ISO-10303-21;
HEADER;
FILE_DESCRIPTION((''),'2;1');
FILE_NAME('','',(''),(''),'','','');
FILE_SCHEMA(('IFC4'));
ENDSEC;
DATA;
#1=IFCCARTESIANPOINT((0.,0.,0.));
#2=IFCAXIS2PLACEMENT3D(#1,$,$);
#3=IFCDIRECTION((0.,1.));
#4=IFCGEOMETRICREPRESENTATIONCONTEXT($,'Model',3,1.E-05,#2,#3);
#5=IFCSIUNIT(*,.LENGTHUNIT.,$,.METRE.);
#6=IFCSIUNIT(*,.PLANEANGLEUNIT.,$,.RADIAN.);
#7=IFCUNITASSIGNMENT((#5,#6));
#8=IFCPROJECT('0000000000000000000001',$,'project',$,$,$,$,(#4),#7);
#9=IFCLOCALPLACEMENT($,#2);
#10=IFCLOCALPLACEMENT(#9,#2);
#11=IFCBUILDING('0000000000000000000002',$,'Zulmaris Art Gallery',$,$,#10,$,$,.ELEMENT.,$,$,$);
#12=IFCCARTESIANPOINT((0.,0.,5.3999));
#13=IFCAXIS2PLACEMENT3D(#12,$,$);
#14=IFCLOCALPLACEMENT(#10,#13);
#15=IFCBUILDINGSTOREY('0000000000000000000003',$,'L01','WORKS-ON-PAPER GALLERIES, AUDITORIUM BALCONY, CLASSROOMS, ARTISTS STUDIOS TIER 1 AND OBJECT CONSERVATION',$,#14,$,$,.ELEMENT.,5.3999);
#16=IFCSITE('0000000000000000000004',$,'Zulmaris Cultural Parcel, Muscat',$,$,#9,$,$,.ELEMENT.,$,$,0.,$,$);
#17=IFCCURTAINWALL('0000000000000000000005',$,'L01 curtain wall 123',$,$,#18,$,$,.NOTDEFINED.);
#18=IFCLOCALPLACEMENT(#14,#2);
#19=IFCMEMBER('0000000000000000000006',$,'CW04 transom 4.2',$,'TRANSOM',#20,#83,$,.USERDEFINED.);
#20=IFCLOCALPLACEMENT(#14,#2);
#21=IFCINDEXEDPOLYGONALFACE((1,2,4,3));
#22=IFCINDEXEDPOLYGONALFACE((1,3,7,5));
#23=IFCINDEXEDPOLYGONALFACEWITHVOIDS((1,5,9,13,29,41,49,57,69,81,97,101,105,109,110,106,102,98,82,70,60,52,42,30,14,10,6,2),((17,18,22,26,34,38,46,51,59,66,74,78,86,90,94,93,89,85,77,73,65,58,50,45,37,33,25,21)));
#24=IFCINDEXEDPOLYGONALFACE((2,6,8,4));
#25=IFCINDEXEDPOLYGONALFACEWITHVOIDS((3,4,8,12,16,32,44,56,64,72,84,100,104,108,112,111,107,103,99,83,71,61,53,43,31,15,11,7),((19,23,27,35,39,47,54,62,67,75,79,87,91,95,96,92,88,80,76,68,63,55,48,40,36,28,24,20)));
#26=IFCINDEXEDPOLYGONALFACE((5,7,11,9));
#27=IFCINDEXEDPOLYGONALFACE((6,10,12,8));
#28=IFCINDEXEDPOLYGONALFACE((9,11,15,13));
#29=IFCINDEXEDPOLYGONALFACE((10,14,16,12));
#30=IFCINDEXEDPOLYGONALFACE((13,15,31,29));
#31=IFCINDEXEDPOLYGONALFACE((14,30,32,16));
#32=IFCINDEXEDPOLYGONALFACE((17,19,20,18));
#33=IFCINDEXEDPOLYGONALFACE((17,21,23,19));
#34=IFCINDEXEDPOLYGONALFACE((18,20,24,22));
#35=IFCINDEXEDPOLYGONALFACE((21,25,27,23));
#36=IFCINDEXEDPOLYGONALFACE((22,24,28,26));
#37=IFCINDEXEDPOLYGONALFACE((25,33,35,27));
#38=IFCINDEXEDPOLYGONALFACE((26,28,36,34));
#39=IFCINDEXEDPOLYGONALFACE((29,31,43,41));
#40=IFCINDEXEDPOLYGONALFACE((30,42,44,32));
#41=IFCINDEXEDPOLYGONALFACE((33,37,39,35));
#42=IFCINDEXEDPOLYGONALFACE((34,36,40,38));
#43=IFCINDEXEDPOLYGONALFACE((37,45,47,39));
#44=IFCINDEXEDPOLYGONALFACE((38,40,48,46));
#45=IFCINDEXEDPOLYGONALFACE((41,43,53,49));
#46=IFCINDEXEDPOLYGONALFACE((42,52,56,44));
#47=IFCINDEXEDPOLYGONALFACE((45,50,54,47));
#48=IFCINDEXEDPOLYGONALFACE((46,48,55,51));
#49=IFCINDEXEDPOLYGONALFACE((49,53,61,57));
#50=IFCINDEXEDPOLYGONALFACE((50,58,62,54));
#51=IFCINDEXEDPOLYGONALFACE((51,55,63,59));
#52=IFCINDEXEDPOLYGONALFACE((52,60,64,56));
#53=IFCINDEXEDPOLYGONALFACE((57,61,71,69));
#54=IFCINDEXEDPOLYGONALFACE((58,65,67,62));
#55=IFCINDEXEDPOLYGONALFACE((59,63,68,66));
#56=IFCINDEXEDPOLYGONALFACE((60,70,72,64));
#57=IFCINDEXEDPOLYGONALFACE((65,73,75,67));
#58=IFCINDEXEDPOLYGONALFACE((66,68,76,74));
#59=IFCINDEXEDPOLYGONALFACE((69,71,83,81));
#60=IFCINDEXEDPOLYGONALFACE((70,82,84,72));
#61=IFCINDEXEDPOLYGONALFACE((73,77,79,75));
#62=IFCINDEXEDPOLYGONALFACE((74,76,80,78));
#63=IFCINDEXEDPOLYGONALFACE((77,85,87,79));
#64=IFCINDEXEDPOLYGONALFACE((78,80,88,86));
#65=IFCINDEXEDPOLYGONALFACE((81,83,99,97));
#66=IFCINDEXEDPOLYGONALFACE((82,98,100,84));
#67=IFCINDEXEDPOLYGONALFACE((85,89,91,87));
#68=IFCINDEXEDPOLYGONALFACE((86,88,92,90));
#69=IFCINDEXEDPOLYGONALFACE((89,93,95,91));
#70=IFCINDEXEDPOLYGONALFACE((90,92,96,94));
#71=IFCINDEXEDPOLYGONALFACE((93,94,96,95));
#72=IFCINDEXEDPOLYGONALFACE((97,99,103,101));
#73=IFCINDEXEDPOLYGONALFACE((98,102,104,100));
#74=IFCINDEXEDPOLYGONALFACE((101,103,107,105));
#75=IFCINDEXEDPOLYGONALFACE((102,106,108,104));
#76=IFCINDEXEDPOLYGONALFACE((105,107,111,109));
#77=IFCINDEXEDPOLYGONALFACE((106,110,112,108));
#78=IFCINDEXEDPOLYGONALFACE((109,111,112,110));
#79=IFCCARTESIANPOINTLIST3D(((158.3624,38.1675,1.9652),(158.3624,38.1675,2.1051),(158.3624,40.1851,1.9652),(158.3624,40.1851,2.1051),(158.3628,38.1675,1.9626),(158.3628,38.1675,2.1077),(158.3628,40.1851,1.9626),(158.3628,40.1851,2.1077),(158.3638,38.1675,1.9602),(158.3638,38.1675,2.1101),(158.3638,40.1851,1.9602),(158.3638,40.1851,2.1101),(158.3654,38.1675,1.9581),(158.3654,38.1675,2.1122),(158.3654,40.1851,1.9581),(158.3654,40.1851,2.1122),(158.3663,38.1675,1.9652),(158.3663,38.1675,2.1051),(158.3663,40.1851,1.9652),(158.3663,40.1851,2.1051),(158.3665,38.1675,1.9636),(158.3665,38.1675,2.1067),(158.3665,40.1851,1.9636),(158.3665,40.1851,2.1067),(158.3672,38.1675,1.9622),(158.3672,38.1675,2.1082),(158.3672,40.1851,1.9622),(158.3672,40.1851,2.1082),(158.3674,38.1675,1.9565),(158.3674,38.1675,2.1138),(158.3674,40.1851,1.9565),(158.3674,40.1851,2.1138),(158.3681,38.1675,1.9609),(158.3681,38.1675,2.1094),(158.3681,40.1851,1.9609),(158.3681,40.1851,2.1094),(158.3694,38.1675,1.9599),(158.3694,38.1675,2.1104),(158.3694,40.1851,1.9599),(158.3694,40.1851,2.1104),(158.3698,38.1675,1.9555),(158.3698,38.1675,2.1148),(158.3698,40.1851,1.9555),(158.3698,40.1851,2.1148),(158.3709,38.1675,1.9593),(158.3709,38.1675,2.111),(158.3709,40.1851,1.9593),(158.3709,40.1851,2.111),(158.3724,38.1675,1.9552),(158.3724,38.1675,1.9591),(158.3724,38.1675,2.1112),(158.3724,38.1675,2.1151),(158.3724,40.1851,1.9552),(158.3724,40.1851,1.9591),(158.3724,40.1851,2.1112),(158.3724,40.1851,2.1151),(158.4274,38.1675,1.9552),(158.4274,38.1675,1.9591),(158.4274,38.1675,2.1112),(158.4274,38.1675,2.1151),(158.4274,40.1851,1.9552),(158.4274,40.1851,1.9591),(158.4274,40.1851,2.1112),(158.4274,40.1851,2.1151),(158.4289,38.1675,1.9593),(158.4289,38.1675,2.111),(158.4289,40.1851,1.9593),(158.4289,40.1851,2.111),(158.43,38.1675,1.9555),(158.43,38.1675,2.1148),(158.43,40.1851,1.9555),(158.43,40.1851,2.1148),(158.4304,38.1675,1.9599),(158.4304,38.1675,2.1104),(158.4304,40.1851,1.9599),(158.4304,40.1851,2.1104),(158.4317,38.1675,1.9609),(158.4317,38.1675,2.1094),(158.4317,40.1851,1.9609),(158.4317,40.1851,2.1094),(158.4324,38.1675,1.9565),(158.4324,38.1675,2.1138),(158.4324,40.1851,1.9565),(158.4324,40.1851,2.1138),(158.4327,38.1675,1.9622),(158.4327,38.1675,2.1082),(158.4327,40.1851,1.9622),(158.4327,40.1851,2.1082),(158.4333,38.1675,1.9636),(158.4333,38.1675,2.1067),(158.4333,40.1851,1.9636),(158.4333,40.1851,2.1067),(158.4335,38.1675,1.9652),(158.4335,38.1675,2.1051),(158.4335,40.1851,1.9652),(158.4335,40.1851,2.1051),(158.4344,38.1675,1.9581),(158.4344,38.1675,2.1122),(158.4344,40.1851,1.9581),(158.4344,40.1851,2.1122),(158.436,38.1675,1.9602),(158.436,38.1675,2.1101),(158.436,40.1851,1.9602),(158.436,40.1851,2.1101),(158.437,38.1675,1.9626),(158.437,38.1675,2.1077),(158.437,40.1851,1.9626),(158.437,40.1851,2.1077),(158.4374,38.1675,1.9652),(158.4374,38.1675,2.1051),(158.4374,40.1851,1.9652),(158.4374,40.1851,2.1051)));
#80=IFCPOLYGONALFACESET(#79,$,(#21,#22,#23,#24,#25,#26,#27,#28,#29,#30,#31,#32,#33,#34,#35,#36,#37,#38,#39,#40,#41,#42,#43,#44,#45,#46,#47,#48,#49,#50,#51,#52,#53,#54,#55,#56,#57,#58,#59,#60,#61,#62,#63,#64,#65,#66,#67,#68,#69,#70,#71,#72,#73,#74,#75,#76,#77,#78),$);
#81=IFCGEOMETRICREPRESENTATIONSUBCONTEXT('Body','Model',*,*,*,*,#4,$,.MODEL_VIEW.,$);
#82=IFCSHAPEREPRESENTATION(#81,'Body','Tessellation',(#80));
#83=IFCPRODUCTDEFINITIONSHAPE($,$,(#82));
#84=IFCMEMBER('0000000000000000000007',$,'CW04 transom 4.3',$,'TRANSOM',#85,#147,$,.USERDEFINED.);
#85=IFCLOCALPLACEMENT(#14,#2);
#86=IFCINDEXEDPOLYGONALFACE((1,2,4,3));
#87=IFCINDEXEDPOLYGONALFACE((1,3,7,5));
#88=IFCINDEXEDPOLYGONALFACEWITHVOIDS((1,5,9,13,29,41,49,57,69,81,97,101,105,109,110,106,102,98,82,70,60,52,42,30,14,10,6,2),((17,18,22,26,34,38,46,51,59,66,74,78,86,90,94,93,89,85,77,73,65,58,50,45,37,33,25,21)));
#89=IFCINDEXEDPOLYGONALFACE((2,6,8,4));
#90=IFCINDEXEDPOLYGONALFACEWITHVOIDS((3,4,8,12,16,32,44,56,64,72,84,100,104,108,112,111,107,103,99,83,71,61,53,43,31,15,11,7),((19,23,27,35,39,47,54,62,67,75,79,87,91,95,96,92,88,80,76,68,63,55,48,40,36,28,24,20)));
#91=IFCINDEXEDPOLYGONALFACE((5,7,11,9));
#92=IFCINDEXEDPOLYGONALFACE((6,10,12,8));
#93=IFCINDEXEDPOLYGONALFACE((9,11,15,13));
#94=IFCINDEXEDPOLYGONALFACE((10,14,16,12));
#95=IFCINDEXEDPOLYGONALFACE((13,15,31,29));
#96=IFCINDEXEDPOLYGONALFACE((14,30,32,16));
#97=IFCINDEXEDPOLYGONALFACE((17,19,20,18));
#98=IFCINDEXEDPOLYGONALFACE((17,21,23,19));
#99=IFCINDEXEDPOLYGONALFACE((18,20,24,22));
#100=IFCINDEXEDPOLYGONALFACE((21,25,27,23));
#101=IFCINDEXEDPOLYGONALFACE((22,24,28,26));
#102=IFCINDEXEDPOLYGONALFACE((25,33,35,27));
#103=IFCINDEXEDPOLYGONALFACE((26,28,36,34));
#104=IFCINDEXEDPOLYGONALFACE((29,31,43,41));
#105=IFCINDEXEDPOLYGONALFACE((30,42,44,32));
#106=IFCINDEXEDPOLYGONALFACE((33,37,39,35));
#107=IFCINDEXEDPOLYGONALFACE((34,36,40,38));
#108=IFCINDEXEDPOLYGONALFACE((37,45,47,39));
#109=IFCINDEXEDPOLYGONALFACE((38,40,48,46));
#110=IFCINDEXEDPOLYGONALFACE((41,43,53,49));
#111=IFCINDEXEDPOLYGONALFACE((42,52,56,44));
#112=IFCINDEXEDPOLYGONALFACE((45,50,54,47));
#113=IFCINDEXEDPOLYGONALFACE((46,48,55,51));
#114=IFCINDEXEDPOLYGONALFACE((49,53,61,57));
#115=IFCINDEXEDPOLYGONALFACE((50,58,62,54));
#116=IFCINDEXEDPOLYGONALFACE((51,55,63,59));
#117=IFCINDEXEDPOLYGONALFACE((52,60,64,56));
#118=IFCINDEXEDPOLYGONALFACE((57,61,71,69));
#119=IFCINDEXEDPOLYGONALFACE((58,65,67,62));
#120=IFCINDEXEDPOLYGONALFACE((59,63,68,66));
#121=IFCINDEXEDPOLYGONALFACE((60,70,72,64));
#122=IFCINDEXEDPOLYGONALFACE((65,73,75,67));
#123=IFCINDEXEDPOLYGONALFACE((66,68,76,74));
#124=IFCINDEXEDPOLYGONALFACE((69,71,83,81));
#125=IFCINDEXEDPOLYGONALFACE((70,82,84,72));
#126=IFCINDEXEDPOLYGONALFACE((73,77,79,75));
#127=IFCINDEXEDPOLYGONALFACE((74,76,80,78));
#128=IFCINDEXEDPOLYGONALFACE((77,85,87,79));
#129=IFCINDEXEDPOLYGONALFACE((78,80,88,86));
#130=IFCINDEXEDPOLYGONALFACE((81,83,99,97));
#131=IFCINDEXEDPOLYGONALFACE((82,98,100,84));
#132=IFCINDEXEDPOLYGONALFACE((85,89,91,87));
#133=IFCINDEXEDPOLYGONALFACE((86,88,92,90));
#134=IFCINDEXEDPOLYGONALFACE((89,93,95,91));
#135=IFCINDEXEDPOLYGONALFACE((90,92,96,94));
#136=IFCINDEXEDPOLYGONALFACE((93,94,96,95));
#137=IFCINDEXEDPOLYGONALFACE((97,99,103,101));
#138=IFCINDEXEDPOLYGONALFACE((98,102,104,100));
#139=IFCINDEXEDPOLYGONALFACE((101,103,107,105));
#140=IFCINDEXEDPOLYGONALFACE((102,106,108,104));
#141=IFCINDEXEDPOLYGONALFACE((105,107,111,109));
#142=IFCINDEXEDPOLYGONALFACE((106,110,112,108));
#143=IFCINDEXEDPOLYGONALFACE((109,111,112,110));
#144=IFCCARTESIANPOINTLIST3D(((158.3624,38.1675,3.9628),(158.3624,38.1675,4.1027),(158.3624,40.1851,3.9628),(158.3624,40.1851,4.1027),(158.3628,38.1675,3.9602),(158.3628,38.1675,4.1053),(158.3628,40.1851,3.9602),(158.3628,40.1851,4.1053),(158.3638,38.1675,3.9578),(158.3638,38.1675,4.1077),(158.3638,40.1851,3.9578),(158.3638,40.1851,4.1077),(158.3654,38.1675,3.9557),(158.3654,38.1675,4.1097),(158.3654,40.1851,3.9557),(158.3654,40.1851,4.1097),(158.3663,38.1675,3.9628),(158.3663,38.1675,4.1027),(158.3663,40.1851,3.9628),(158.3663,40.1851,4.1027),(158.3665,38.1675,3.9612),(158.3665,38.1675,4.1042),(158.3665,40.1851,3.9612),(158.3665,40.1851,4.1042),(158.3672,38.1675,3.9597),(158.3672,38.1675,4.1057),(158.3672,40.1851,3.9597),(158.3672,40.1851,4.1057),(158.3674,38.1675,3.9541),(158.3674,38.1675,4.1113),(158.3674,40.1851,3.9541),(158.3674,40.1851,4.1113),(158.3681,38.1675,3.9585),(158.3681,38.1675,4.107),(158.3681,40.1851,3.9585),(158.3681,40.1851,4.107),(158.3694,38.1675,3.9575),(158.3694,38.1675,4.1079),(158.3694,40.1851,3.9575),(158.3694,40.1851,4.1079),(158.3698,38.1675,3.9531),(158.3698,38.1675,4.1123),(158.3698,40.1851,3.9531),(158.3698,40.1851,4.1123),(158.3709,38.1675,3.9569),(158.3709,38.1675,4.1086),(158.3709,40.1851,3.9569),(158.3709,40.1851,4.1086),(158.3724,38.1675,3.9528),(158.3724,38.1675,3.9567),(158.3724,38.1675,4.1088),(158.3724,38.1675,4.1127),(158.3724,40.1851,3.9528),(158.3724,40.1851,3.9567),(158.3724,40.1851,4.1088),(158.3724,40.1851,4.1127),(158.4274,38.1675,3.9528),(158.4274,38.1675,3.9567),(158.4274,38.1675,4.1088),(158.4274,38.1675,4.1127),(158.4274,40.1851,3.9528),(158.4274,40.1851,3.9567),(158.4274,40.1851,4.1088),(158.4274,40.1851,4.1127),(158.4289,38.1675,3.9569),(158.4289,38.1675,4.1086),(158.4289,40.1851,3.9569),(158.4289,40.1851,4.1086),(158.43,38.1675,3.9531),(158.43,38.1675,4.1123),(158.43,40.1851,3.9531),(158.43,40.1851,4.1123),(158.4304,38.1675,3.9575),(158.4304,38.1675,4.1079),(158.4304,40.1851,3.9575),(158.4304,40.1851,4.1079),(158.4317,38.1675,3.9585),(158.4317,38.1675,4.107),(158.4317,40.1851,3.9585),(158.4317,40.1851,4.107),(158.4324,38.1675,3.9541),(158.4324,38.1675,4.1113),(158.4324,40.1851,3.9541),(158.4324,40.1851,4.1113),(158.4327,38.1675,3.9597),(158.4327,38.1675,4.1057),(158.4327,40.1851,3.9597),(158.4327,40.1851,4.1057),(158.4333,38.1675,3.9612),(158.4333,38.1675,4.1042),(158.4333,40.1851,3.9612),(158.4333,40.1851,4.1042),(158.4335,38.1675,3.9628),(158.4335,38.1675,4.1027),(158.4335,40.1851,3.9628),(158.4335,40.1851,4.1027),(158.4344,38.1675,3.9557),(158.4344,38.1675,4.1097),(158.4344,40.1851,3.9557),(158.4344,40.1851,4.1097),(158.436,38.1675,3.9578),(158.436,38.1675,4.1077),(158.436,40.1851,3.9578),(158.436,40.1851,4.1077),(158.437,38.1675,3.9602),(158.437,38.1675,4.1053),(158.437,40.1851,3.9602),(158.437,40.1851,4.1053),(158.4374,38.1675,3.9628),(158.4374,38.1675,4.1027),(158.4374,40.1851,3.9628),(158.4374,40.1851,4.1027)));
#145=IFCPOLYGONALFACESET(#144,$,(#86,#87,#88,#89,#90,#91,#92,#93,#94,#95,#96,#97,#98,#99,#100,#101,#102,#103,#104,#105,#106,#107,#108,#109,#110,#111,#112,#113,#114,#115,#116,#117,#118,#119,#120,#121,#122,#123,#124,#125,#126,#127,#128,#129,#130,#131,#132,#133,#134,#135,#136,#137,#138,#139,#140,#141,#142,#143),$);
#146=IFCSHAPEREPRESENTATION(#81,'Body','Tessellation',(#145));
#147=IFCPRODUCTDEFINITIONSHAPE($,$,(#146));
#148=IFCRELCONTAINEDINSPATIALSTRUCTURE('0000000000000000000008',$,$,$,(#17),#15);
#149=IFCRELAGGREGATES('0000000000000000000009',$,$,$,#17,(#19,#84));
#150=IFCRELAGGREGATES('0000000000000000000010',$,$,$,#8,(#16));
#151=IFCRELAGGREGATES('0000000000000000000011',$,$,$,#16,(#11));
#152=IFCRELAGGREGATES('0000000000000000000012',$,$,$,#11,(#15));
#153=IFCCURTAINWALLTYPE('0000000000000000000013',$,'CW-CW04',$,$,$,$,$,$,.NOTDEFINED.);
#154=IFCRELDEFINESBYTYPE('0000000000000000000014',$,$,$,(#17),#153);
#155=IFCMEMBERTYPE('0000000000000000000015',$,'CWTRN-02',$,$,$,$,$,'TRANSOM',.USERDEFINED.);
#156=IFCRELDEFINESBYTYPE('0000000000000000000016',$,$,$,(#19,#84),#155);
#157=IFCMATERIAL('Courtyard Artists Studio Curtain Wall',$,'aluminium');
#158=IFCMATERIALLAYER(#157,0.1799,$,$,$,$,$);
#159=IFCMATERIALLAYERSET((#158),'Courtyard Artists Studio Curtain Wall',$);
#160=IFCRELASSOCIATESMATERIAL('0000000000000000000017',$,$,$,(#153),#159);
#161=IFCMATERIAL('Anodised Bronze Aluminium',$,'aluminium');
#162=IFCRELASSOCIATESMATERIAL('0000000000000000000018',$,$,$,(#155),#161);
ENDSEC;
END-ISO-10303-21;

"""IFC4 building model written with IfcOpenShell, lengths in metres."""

from ifc_helpers import new_model, si_unit, direction, frame, origin, origin_2d, place, context, subcontext, project, spatial, hollow_rectangle, extrude, material, layer, layer_set, material_profile, profile_set, type_object, element, aggregate, save


model = new_model("IFC4")

# Units and contexts
model_context = context("Model", 3, precision=1e-05, world=origin(), true_north=direction((0.0, 1.0)))
body_context = subcontext(model_context, "Body", "Model", "MODEL_VIEW")
ifc_project = project(units=[si_unit("LENGTHUNIT", "METRE"), si_unit("PLANEANGLEUNIT", "RADIAN")], contexts=[model_context])

# Site, building, storey
site_placement = place(None, origin())
site = spatial("IfcSite", under=ifc_project, at=site_placement, Name="Zulmaris Cultural Parcel, Muscat", CompositionType="ELEMENT", RefElevation=0.0)
building_placement = place(site_placement, origin())
building = spatial("IfcBuilding", under=site, at=building_placement, Name="Zulmaris Art Gallery", CompositionType="ELEMENT")
storey_placement = place(building_placement, frame((0.0, 0.0, 5.3999)))
storey = spatial("IfcBuildingStorey", under=building, at=storey_placement, Name="L01", Description="WORKS-ON-PAPER GALLERIES, AUDITORIUM BALCONY, CLASSROOMS, ARTISTS STUDIOS TIER 1 AND OBJECT CONSERVATION", CompositionType="ELEMENT", Elevation=5.3999)

# Curtain wall
ifc_material_1 = material(Name="Courtyard Artists Studio Curtain Wall", Category="aluminium")
ifc_layer_1 = layer(ifc_material_1, 0.1799)
ifc_layer_set_1 = layer_set([ifc_layer_1], Name="Courtyard Artists Studio Curtain Wall")
curtain_wall_type = type_object("IfcCurtainWallType", Name="CW-CW04", PredefinedType="NOTDEFINED", material=ifc_layer_set_1)
curtain_wall_1_placement = place(storey_placement, origin())
curtain_wall_1 = element("IfcCurtainWall", 1, at=curtain_wall_1_placement, inside=storey, type_object=curtain_wall_type, Name="L01 curtain wall 123", PredefinedType="NOTDEFINED")
ifc_material_2 = material(Name="Anodised Bronze Aluminium", Category="aluminium")

# Members
ifc_material_profile_1 = material_profile(ifc_material_2, hollow_rectangle(XDim=0.075, YDim=0.1599, WallThickness=0.0039, InnerFilletRadius=0.0061, OuterFilletRadius=0.01, at=origin_2d()), Name="ALU 75x160x4")
ifc_profile_set_1 = profile_set([ifc_material_profile_1], Name="Anodised Bronze Aluminium")
member_type_1 = type_object("IfcMemberType", Name="CWTRN-02", ElementType="TRANSOM", PredefinedType="USERDEFINED", material=ifc_profile_set_1)
member_1_placement = place(storey_placement, frame((158.3999, 38.1675, 2.0352), z_axis=(0.0, 1.0, 0.0), x_axis=(-1.0, 0.0, 0.0)))
member_1 = element("IfcMember", 2, at=member_1_placement, type_object=member_type_1, Name="CW04 transom 4.2", ObjectType="TRANSOM", PredefinedType="USERDEFINED", context=body_context, shape_type="SweptSolid", body=[
    extrude(hollow_rectangle(XDim=0.075, YDim=0.1599, WallThickness=0.0039, InnerFilletRadius=0.0061, OuterFilletRadius=0.01, at=origin_2d()), origin(), (0.0, 0.0, 1.0), 2.0176),
])
member_2_placement = place(storey_placement, frame((158.3999, 38.1675, 4.0327), z_axis=(0.0, 1.0, 0.0), x_axis=(-1.0, 0.0, 0.0)))
member_2 = element("IfcMember", 3, at=member_2_placement, type_object=member_type_1, Name="CW04 transom 4.3", ObjectType="TRANSOM", PredefinedType="USERDEFINED", context=body_context, shape_type="SweptSolid", body=[
    extrude(hollow_rectangle(XDim=0.075, YDim=0.1599, WallThickness=0.0039, InnerFilletRadius=0.0061, OuterFilletRadius=0.01, at=origin_2d()), origin(), (0.0, 0.0, 1.0), 2.0176),
])

aggregate(curtain_wall_1, [member_1, member_2])

save(model, "model.ifc")
